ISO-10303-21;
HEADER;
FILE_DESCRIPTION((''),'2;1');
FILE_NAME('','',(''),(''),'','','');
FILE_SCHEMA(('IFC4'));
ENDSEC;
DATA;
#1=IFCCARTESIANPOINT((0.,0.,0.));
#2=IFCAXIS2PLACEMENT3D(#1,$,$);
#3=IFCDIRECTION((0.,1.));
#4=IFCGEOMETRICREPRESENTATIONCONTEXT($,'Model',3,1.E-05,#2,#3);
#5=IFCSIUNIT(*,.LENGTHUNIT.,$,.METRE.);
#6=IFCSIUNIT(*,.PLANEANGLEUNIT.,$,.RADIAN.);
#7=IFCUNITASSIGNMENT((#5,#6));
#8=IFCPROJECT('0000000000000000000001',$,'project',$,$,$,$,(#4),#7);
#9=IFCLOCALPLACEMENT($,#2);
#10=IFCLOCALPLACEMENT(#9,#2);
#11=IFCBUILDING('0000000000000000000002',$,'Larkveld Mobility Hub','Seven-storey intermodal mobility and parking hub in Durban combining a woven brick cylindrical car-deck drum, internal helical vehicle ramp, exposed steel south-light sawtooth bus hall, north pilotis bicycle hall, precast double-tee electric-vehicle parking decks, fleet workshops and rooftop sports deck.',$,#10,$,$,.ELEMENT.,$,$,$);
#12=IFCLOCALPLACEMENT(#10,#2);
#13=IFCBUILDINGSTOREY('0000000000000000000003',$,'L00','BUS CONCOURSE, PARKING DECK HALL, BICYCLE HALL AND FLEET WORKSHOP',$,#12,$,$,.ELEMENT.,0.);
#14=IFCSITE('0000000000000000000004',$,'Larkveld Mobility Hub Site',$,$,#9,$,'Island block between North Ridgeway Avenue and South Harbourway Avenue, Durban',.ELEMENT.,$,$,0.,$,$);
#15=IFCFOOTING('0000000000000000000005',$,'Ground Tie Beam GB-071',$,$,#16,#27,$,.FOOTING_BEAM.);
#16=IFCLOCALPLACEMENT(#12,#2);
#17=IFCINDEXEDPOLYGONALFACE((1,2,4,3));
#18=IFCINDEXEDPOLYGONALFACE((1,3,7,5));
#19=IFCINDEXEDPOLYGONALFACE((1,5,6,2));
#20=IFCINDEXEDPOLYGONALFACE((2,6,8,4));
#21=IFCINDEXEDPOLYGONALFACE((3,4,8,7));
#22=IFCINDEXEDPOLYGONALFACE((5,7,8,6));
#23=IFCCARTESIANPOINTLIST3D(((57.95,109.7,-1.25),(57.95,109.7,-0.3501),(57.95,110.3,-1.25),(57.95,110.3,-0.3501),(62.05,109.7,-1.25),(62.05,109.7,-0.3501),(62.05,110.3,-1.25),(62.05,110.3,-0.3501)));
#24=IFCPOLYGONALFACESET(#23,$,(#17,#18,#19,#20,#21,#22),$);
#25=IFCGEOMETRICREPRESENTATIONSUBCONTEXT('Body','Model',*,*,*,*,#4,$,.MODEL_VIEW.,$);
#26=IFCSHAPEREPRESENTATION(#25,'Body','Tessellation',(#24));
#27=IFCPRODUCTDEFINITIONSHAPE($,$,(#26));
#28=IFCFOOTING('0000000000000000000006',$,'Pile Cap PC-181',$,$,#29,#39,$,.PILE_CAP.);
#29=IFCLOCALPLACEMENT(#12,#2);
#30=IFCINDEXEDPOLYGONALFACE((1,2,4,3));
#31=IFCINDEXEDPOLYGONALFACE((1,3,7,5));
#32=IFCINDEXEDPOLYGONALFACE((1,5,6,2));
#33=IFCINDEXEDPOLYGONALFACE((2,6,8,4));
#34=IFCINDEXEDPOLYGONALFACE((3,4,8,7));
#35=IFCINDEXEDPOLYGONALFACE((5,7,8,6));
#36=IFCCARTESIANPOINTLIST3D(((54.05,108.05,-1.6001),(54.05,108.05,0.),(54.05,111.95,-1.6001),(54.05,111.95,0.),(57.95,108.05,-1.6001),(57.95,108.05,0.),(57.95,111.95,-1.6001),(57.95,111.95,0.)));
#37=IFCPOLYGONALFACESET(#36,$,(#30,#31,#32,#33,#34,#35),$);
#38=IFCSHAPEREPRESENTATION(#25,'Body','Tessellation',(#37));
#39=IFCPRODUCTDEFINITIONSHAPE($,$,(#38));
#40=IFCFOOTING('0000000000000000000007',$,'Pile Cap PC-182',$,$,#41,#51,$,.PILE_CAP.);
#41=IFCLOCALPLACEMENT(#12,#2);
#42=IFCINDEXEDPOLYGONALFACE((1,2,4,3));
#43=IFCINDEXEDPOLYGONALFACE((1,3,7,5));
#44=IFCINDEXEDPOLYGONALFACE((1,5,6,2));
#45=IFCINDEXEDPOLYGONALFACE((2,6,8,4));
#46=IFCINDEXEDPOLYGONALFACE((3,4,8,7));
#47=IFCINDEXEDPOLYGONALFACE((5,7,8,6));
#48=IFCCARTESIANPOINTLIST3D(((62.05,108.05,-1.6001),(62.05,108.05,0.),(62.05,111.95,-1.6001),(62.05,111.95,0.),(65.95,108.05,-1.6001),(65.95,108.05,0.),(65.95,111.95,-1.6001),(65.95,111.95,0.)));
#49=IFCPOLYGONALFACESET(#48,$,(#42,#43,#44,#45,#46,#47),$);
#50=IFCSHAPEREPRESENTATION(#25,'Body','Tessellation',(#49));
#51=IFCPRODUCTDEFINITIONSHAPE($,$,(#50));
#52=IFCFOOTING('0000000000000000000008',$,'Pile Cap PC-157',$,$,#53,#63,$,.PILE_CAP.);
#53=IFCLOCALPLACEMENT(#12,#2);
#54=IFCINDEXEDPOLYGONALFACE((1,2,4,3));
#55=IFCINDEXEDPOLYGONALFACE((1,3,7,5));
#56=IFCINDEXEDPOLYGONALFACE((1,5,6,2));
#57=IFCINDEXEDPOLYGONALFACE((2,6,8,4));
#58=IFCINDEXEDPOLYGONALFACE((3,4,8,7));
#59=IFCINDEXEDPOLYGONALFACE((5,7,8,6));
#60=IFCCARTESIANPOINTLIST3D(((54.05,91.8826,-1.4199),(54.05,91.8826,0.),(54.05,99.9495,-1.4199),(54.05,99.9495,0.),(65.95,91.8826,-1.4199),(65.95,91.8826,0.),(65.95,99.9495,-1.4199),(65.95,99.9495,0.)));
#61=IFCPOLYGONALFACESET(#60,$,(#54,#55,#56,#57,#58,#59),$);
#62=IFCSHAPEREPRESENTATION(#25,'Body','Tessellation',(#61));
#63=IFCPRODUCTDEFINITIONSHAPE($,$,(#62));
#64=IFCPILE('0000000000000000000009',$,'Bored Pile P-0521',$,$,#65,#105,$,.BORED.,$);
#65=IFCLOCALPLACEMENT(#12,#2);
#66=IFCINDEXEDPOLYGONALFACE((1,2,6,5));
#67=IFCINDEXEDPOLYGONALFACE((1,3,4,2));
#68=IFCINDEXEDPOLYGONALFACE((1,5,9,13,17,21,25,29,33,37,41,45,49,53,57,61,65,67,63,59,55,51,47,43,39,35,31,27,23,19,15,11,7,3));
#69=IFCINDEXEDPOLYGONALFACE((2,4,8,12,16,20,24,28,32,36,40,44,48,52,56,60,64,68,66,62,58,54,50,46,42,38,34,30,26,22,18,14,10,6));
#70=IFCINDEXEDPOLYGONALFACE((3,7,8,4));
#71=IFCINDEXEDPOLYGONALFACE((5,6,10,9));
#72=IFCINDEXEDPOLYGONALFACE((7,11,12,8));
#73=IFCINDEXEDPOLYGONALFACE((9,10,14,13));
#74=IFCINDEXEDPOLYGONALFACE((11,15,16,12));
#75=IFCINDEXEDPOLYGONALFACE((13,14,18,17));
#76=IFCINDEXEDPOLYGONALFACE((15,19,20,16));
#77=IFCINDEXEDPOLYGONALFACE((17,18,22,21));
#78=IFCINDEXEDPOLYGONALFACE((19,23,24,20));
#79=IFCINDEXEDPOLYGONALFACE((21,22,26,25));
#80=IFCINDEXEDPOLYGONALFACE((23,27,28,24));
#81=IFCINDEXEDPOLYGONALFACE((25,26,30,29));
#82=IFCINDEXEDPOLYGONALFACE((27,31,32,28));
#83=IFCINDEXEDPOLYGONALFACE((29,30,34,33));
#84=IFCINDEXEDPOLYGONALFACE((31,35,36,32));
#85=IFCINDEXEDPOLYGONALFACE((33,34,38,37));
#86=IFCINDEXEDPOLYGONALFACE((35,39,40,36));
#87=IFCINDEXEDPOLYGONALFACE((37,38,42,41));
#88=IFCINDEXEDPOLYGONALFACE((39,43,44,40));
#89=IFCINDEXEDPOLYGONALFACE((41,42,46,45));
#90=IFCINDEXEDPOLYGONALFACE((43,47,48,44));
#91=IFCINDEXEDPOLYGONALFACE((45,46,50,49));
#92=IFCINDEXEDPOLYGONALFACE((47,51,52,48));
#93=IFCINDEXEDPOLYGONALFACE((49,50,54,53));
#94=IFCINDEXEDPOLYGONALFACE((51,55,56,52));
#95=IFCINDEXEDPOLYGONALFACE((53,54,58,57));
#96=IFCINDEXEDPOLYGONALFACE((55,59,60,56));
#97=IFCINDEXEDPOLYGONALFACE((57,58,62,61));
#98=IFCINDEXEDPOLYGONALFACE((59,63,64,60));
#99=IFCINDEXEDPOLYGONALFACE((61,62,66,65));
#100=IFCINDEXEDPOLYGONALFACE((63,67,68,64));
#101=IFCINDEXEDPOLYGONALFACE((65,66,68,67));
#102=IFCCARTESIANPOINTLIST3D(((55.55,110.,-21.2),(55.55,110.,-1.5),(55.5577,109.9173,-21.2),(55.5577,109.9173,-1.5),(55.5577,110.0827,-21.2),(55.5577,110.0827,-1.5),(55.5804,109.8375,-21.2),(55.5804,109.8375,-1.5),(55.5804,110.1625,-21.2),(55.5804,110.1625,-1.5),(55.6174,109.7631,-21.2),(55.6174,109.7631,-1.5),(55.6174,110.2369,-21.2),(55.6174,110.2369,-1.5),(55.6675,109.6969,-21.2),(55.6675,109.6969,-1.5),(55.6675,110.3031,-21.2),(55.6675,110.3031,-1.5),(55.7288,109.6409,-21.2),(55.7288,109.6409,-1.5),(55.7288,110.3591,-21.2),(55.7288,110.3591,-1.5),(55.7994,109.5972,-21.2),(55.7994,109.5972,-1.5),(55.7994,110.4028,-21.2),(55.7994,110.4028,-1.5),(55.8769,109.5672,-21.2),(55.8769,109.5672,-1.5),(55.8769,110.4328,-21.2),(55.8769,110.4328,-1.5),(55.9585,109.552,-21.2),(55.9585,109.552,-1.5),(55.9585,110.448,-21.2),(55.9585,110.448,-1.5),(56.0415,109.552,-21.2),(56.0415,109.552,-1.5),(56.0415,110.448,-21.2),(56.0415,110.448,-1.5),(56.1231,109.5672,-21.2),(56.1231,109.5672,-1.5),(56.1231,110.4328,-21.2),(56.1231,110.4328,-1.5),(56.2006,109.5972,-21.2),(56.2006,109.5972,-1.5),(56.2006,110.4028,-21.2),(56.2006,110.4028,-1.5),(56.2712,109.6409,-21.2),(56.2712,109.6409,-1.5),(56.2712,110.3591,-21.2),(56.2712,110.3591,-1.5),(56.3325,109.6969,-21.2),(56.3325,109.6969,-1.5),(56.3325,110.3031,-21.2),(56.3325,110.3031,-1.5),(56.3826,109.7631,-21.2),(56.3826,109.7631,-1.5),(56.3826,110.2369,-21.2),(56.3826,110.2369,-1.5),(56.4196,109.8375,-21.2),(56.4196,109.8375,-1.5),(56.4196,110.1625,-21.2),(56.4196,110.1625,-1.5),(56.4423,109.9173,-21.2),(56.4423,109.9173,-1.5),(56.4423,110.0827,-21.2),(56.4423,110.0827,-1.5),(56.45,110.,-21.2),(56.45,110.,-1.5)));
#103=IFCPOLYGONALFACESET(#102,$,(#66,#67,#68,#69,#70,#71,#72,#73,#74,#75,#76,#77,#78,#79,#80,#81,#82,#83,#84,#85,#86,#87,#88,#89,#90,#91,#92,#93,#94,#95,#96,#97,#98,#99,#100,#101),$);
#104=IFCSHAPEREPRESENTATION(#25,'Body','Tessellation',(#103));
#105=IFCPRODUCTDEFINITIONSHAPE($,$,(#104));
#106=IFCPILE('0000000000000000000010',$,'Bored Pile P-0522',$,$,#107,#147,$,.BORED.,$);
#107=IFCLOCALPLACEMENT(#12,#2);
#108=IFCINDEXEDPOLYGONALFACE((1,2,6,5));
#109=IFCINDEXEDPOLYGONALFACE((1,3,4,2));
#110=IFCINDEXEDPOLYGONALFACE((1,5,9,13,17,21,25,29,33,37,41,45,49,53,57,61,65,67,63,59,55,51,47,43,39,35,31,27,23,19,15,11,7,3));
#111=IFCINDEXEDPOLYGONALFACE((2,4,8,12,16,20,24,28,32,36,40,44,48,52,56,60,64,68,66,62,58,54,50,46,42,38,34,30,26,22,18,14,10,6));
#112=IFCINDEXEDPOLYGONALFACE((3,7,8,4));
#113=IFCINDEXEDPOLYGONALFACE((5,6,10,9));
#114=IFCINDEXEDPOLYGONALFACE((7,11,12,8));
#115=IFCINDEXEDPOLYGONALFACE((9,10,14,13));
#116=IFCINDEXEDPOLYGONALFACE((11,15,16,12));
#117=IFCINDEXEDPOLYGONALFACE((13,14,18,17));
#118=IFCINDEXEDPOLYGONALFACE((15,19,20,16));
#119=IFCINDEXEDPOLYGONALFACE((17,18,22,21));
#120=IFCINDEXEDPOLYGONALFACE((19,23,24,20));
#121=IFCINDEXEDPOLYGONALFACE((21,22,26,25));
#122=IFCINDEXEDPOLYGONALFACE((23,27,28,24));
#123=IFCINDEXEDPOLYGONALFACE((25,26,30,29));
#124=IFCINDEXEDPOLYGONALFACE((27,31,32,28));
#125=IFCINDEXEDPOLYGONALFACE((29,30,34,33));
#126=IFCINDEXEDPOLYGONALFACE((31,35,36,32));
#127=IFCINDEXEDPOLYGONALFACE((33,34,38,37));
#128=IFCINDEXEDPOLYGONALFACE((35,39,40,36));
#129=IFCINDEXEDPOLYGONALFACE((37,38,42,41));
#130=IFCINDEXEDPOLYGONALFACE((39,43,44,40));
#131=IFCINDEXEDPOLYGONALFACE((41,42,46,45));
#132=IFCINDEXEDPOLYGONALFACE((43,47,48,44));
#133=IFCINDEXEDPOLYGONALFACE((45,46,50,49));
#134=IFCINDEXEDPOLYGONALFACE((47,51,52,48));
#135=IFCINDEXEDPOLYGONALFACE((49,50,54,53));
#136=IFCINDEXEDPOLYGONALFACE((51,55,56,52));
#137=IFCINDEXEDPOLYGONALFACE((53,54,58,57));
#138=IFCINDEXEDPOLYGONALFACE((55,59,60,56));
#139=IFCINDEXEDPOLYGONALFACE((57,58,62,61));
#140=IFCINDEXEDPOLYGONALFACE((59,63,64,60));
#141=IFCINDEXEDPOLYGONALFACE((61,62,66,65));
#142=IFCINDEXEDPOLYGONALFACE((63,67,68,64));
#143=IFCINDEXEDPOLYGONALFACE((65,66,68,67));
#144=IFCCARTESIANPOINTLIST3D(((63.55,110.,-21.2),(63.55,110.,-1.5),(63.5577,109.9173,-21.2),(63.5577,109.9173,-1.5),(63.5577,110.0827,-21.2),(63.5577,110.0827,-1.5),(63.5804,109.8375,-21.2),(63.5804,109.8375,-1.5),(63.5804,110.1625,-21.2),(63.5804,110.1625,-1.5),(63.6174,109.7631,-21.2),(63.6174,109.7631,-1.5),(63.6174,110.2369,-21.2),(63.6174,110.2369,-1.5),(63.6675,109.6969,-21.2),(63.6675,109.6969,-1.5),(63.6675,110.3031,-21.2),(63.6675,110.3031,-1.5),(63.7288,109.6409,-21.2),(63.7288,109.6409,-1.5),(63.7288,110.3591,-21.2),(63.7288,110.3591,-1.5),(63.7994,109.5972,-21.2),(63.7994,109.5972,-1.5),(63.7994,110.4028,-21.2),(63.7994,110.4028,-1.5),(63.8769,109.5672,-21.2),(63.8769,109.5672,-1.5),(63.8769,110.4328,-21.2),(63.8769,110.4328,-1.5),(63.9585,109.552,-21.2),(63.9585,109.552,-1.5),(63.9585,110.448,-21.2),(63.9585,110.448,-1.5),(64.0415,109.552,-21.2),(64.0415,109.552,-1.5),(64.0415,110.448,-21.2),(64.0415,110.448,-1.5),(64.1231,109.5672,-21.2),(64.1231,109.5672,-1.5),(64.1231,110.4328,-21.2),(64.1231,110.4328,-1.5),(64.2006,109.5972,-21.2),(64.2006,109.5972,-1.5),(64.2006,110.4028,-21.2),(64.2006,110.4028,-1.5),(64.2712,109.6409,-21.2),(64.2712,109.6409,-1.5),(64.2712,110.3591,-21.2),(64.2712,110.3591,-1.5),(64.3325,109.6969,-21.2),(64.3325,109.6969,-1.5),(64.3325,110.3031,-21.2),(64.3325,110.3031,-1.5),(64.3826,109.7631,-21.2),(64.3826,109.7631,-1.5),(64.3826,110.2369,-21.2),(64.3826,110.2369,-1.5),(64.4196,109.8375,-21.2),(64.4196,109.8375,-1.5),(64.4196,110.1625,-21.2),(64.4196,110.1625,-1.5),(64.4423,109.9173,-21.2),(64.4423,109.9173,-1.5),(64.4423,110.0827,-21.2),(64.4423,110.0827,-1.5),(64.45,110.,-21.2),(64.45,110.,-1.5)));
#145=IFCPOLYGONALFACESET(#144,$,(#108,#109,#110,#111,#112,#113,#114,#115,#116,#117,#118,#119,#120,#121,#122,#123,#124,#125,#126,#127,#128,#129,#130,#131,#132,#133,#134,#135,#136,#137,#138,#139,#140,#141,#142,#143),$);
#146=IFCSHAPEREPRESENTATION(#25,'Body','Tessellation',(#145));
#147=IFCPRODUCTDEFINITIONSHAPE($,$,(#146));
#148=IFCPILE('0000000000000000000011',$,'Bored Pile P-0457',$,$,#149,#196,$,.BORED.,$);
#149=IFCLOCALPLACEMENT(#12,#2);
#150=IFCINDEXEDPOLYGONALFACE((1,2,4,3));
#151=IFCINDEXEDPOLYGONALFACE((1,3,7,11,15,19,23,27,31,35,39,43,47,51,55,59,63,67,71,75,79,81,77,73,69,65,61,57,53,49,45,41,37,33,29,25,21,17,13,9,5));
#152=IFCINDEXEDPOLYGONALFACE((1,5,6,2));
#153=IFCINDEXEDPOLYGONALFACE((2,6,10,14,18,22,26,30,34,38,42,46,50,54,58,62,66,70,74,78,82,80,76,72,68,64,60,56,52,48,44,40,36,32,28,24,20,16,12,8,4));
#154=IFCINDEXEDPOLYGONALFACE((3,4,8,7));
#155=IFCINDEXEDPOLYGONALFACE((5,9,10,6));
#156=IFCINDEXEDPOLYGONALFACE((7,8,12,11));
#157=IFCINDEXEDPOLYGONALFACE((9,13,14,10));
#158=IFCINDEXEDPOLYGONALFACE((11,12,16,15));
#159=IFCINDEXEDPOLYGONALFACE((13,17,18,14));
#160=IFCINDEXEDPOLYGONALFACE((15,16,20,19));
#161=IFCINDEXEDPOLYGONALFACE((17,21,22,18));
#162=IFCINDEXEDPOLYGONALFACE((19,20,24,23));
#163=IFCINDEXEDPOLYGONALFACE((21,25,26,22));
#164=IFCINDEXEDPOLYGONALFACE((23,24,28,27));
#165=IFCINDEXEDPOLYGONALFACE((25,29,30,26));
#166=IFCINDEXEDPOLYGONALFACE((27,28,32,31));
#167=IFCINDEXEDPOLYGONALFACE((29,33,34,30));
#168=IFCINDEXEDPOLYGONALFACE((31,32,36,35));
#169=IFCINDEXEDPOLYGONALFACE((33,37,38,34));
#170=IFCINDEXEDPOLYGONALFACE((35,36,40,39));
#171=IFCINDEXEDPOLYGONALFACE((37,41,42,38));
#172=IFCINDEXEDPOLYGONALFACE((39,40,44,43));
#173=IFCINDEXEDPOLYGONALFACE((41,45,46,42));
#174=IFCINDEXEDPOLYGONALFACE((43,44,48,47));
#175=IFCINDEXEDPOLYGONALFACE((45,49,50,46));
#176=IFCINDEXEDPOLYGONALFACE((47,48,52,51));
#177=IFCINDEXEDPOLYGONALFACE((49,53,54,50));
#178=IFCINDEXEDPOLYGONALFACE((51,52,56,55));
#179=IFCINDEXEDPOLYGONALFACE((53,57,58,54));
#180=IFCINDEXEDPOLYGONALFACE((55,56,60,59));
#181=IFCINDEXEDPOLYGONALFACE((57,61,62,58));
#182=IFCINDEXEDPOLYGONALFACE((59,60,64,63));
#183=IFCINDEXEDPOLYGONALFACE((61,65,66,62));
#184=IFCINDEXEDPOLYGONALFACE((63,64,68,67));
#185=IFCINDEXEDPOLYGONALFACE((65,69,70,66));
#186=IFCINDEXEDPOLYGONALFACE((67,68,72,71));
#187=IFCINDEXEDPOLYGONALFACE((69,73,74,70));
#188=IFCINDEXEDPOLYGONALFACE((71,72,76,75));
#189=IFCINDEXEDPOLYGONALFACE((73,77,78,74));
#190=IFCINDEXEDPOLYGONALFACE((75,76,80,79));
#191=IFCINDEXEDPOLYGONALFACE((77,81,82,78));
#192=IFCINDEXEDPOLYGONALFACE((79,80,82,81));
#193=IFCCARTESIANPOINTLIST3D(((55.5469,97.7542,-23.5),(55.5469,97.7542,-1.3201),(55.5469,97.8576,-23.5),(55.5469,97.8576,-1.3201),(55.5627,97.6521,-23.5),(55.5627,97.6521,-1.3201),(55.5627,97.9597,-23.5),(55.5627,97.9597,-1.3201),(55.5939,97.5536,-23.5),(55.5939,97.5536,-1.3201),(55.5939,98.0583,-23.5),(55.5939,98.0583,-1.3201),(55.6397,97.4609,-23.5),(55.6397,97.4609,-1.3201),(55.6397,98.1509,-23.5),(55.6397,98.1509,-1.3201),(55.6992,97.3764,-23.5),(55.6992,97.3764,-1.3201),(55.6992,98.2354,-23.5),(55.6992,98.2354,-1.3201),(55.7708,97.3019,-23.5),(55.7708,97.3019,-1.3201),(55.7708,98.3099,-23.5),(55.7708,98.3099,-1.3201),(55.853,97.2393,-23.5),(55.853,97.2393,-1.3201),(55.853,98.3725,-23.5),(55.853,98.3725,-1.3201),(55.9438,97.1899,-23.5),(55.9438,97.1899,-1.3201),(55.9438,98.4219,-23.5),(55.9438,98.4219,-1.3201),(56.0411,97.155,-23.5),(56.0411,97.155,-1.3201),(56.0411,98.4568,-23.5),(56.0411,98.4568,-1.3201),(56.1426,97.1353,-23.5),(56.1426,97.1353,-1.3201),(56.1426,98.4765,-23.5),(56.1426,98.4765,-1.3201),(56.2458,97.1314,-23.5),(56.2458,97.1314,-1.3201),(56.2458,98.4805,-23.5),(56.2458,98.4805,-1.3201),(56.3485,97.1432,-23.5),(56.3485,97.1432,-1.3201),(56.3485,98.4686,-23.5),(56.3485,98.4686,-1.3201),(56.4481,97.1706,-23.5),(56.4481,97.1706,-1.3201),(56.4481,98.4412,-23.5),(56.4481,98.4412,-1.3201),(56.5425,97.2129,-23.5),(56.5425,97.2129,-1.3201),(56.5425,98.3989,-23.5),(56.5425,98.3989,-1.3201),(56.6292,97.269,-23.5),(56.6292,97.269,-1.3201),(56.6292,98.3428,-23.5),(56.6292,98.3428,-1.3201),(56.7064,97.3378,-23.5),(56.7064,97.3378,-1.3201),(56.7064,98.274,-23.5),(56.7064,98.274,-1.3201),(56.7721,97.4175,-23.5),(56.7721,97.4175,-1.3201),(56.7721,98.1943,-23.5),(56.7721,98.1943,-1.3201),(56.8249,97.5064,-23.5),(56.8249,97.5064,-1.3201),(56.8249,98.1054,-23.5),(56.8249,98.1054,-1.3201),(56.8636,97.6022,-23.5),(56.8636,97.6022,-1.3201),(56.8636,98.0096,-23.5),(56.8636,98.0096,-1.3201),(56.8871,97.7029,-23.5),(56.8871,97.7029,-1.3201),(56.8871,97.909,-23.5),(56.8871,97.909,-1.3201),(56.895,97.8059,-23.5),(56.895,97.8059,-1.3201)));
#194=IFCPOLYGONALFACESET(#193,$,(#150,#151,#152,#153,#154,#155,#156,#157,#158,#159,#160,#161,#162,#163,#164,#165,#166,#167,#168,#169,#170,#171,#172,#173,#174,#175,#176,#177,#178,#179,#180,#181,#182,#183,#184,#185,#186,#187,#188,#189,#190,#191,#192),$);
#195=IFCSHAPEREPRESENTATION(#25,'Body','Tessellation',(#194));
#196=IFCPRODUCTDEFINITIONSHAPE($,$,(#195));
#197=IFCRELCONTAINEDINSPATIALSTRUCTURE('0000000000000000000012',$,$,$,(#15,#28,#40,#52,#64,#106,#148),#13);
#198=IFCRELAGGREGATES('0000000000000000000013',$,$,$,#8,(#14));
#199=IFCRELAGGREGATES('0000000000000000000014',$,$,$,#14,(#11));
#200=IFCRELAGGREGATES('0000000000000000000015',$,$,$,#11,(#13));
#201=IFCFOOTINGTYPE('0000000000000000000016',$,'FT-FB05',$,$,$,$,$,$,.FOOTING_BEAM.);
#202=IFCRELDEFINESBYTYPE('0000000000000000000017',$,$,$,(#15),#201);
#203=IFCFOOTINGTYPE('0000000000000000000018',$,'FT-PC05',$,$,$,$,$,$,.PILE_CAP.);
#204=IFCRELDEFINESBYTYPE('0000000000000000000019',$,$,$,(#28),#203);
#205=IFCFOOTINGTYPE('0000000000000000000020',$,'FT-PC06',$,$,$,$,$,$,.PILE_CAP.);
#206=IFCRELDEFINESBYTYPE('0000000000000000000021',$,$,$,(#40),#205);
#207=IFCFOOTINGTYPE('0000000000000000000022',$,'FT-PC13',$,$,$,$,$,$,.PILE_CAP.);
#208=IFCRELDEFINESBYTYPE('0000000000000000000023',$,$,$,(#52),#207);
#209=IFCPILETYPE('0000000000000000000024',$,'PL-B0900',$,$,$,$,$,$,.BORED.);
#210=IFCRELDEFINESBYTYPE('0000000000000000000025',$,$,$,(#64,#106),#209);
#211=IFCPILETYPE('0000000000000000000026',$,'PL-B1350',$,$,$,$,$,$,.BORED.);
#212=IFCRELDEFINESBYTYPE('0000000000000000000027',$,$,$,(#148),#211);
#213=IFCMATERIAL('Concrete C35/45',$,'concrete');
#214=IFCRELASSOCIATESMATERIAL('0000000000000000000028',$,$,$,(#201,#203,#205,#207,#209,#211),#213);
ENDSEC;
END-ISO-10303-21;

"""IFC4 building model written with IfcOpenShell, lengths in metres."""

from ifc_helpers import new_model, si_unit, direction, frame, origin, origin_2d, place, context, subcontext, project, spatial, rectangle, circle, extrude, material, material_profile, profile_set, type_object, element, save


model = new_model("IFC4")

# Units and contexts
model_context = context("Model", 3, precision=1e-05, world=origin(), true_north=direction((0.0, 1.0)))
body_context = subcontext(model_context, "Body", "Model", "MODEL_VIEW")
ifc_project = project(units=[si_unit("LENGTHUNIT", "METRE"), si_unit("PLANEANGLEUNIT", "RADIAN")], contexts=[model_context])

# Site, building, storey
site_placement = place(None, origin())
site = spatial("IfcSite", under=ifc_project, at=site_placement, Name="Larkveld Mobility Hub Site", LongName="Island block between North Ridgeway Avenue and South Harbourway Avenue, Durban", CompositionType="ELEMENT", RefElevation=0.0)
building_placement = place(site_placement, origin())
building = spatial("IfcBuilding", under=site, at=building_placement, Name="Larkveld Mobility Hub", Description="Seven-storey intermodal mobility and parking hub in Durban combining a woven brick cylindrical car-deck drum, internal helical vehicle ramp, exposed steel south-light sawtooth bus hall, north pilotis bicycle hall, precast double-tee electric-vehicle parking decks, fleet workshops and rooftop sports deck.", CompositionType="ELEMENT")
storey_placement = place(building_placement, origin())
storey = spatial("IfcBuildingStorey", under=building, at=storey_placement, Name="L00", Description="BUS CONCOURSE, PARKING DECK HALL, BICYCLE HALL AND FLEET WORKSHOP", CompositionType="ELEMENT", Elevation=0.0)

# Footings
ifc_material_1 = material(Name="Concrete C35/45", Category="concrete")
ifc_material_profile_1 = material_profile(ifc_material_1, rectangle(XDim=0.6001, YDim=0.8999, at=origin_2d()), Name="RC BM 600x900")
ifc_profile_set_1 = profile_set([ifc_material_profile_1], Name="Concrete C35/45")
footing_type_1 = type_object("IfcFootingType", Name="FT-FB05", PredefinedType="FOOTING_BEAM", material=ifc_profile_set_1)
footing_1_placement = place(storey_placement, frame((57.95, 110.0, -0.8), z_axis=(1.0, 0.0, 0.0), x_axis=(0.0, 1.0, 0.0)))
element("IfcFooting", 1, at=footing_1_placement, inside=storey, type_object=footing_type_1, Name="Ground Tie Beam GB-071", PredefinedType="FOOTING_BEAM", context=body_context, shape_type="SweptSolid", body=[
    extrude(rectangle(XDim=0.6001, YDim=0.8999, at=origin_2d()), origin(), (0.0, 0.0, 1.0), 4.1001),
])
footing_type_2 = type_object("IfcFootingType", Name="FT-PC05", PredefinedType="PILE_CAP", material=ifc_material_1)
footing_2_placement = place(storey_placement, frame((56.0, 110.0, -1.6001), z_axis=(0.0, 0.0, 1.0), x_axis=(1.0, 0.0, 0.0)))
element("IfcFooting", 2, at=footing_2_placement, inside=storey, type_object=footing_type_2, Name="Pile Cap PC-181", PredefinedType="PILE_CAP", context=body_context, shape_type="SweptSolid", body=[
    extrude(rectangle(XDim=3.8999, YDim=3.8999, at=origin_2d()), origin(), (0.0, 0.0, 1.0), 1.6001),
])
footing_type_3 = type_object("IfcFootingType", Name="FT-PC06", PredefinedType="PILE_CAP", material=ifc_material_1)
footing_3_placement = place(storey_placement, frame((64.0, 110.0, -1.6001), z_axis=(0.0, 0.0, 1.0), x_axis=(1.0, 0.0, 0.0)))
element("IfcFooting", 3, at=footing_3_placement, inside=storey, type_object=footing_type_3, Name="Pile Cap PC-182", PredefinedType="PILE_CAP", context=body_context, shape_type="SweptSolid", body=[
    extrude(rectangle(XDim=3.8999, YDim=3.8999, at=origin_2d()), origin(), (0.0, 0.0, 1.0), 1.6001),
])
footing_type_4 = type_object("IfcFootingType", Name="FT-PC13", PredefinedType="PILE_CAP", material=ifc_material_1)
footing_4_placement = place(storey_placement, frame((60.0, 95.916, -1.4199), z_axis=(0.0, 0.0, 1.0), x_axis=(1.0, 0.0, 0.0)))
element("IfcFooting", 4, at=footing_4_placement, inside=storey, type_object=footing_type_4, Name="Pile Cap PC-157", PredefinedType="PILE_CAP", context=body_context, shape_type="SweptSolid", body=[
    extrude(rectangle(XDim=11.8999, YDim=8.0669, at=origin_2d()), origin(), (0.0, 0.0, 1.0), 1.4199),
])

# Piles
ifc_material_profile_2 = material_profile(ifc_material_1, circle(Radius=0.45, at=origin_2d()), Name="PILE D900")
ifc_profile_set_2 = profile_set([ifc_material_profile_2], Name="Concrete C35/45")
pile_type_1 = type_object("IfcPileType", Name="PL-B0900", PredefinedType="BORED", material=ifc_profile_set_2)
for number, where, z_axis, x_axis, name in (
    (5, (56.0, 110.0, -1.5), (0.0, 0.0, -1.0), (1.0, 0.0, 0.0), "Bored Pile P-0521"),
    (6, (64.0, 110.0, -1.5), (0.0, 0.0, -1.0), (1.0, 0.0, 0.0), "Bored Pile P-0522"),
):
    element("IfcPile", number, at=place(storey_placement, frame(where, z_axis=z_axis, x_axis=x_axis)), inside=storey, type_object=pile_type_1, Name=name, PredefinedType="BORED", context=body_context, shape_type="SweptSolid", body=[
        extrude(circle(Radius=0.45, at=origin_2d()), origin(), (0.0, 0.0, 1.0), 19.7),
    ])
ifc_material_profile_3 = material_profile(ifc_material_1, circle(Radius=0.675, at=origin_2d()), Name="PILE D1350")
ifc_profile_set_3 = profile_set([ifc_material_profile_3], Name="Concrete C35/45")
pile_type_2 = type_object("IfcPileType", Name="PL-B1350", PredefinedType="BORED", material=ifc_profile_set_3)
for number, where, z_axis, x_axis, name in (
    (7, (56.22, 97.8059, -1.3201), (0.0, 0.0, -1.0), (1.0, 0.0, 0.0), "Bored Pile P-0457"),
):
    element("IfcPile", number, at=place(storey_placement, frame(where, z_axis=z_axis, x_axis=x_axis)), inside=storey, type_object=pile_type_2, Name=name, PredefinedType="BORED", context=body_context, shape_type="SweptSolid", body=[
        extrude(circle(Radius=0.675, at=origin_2d()), origin(), (0.0, 0.0, 1.0), 22.1799),
    ])

save(model, "model.ifc")
